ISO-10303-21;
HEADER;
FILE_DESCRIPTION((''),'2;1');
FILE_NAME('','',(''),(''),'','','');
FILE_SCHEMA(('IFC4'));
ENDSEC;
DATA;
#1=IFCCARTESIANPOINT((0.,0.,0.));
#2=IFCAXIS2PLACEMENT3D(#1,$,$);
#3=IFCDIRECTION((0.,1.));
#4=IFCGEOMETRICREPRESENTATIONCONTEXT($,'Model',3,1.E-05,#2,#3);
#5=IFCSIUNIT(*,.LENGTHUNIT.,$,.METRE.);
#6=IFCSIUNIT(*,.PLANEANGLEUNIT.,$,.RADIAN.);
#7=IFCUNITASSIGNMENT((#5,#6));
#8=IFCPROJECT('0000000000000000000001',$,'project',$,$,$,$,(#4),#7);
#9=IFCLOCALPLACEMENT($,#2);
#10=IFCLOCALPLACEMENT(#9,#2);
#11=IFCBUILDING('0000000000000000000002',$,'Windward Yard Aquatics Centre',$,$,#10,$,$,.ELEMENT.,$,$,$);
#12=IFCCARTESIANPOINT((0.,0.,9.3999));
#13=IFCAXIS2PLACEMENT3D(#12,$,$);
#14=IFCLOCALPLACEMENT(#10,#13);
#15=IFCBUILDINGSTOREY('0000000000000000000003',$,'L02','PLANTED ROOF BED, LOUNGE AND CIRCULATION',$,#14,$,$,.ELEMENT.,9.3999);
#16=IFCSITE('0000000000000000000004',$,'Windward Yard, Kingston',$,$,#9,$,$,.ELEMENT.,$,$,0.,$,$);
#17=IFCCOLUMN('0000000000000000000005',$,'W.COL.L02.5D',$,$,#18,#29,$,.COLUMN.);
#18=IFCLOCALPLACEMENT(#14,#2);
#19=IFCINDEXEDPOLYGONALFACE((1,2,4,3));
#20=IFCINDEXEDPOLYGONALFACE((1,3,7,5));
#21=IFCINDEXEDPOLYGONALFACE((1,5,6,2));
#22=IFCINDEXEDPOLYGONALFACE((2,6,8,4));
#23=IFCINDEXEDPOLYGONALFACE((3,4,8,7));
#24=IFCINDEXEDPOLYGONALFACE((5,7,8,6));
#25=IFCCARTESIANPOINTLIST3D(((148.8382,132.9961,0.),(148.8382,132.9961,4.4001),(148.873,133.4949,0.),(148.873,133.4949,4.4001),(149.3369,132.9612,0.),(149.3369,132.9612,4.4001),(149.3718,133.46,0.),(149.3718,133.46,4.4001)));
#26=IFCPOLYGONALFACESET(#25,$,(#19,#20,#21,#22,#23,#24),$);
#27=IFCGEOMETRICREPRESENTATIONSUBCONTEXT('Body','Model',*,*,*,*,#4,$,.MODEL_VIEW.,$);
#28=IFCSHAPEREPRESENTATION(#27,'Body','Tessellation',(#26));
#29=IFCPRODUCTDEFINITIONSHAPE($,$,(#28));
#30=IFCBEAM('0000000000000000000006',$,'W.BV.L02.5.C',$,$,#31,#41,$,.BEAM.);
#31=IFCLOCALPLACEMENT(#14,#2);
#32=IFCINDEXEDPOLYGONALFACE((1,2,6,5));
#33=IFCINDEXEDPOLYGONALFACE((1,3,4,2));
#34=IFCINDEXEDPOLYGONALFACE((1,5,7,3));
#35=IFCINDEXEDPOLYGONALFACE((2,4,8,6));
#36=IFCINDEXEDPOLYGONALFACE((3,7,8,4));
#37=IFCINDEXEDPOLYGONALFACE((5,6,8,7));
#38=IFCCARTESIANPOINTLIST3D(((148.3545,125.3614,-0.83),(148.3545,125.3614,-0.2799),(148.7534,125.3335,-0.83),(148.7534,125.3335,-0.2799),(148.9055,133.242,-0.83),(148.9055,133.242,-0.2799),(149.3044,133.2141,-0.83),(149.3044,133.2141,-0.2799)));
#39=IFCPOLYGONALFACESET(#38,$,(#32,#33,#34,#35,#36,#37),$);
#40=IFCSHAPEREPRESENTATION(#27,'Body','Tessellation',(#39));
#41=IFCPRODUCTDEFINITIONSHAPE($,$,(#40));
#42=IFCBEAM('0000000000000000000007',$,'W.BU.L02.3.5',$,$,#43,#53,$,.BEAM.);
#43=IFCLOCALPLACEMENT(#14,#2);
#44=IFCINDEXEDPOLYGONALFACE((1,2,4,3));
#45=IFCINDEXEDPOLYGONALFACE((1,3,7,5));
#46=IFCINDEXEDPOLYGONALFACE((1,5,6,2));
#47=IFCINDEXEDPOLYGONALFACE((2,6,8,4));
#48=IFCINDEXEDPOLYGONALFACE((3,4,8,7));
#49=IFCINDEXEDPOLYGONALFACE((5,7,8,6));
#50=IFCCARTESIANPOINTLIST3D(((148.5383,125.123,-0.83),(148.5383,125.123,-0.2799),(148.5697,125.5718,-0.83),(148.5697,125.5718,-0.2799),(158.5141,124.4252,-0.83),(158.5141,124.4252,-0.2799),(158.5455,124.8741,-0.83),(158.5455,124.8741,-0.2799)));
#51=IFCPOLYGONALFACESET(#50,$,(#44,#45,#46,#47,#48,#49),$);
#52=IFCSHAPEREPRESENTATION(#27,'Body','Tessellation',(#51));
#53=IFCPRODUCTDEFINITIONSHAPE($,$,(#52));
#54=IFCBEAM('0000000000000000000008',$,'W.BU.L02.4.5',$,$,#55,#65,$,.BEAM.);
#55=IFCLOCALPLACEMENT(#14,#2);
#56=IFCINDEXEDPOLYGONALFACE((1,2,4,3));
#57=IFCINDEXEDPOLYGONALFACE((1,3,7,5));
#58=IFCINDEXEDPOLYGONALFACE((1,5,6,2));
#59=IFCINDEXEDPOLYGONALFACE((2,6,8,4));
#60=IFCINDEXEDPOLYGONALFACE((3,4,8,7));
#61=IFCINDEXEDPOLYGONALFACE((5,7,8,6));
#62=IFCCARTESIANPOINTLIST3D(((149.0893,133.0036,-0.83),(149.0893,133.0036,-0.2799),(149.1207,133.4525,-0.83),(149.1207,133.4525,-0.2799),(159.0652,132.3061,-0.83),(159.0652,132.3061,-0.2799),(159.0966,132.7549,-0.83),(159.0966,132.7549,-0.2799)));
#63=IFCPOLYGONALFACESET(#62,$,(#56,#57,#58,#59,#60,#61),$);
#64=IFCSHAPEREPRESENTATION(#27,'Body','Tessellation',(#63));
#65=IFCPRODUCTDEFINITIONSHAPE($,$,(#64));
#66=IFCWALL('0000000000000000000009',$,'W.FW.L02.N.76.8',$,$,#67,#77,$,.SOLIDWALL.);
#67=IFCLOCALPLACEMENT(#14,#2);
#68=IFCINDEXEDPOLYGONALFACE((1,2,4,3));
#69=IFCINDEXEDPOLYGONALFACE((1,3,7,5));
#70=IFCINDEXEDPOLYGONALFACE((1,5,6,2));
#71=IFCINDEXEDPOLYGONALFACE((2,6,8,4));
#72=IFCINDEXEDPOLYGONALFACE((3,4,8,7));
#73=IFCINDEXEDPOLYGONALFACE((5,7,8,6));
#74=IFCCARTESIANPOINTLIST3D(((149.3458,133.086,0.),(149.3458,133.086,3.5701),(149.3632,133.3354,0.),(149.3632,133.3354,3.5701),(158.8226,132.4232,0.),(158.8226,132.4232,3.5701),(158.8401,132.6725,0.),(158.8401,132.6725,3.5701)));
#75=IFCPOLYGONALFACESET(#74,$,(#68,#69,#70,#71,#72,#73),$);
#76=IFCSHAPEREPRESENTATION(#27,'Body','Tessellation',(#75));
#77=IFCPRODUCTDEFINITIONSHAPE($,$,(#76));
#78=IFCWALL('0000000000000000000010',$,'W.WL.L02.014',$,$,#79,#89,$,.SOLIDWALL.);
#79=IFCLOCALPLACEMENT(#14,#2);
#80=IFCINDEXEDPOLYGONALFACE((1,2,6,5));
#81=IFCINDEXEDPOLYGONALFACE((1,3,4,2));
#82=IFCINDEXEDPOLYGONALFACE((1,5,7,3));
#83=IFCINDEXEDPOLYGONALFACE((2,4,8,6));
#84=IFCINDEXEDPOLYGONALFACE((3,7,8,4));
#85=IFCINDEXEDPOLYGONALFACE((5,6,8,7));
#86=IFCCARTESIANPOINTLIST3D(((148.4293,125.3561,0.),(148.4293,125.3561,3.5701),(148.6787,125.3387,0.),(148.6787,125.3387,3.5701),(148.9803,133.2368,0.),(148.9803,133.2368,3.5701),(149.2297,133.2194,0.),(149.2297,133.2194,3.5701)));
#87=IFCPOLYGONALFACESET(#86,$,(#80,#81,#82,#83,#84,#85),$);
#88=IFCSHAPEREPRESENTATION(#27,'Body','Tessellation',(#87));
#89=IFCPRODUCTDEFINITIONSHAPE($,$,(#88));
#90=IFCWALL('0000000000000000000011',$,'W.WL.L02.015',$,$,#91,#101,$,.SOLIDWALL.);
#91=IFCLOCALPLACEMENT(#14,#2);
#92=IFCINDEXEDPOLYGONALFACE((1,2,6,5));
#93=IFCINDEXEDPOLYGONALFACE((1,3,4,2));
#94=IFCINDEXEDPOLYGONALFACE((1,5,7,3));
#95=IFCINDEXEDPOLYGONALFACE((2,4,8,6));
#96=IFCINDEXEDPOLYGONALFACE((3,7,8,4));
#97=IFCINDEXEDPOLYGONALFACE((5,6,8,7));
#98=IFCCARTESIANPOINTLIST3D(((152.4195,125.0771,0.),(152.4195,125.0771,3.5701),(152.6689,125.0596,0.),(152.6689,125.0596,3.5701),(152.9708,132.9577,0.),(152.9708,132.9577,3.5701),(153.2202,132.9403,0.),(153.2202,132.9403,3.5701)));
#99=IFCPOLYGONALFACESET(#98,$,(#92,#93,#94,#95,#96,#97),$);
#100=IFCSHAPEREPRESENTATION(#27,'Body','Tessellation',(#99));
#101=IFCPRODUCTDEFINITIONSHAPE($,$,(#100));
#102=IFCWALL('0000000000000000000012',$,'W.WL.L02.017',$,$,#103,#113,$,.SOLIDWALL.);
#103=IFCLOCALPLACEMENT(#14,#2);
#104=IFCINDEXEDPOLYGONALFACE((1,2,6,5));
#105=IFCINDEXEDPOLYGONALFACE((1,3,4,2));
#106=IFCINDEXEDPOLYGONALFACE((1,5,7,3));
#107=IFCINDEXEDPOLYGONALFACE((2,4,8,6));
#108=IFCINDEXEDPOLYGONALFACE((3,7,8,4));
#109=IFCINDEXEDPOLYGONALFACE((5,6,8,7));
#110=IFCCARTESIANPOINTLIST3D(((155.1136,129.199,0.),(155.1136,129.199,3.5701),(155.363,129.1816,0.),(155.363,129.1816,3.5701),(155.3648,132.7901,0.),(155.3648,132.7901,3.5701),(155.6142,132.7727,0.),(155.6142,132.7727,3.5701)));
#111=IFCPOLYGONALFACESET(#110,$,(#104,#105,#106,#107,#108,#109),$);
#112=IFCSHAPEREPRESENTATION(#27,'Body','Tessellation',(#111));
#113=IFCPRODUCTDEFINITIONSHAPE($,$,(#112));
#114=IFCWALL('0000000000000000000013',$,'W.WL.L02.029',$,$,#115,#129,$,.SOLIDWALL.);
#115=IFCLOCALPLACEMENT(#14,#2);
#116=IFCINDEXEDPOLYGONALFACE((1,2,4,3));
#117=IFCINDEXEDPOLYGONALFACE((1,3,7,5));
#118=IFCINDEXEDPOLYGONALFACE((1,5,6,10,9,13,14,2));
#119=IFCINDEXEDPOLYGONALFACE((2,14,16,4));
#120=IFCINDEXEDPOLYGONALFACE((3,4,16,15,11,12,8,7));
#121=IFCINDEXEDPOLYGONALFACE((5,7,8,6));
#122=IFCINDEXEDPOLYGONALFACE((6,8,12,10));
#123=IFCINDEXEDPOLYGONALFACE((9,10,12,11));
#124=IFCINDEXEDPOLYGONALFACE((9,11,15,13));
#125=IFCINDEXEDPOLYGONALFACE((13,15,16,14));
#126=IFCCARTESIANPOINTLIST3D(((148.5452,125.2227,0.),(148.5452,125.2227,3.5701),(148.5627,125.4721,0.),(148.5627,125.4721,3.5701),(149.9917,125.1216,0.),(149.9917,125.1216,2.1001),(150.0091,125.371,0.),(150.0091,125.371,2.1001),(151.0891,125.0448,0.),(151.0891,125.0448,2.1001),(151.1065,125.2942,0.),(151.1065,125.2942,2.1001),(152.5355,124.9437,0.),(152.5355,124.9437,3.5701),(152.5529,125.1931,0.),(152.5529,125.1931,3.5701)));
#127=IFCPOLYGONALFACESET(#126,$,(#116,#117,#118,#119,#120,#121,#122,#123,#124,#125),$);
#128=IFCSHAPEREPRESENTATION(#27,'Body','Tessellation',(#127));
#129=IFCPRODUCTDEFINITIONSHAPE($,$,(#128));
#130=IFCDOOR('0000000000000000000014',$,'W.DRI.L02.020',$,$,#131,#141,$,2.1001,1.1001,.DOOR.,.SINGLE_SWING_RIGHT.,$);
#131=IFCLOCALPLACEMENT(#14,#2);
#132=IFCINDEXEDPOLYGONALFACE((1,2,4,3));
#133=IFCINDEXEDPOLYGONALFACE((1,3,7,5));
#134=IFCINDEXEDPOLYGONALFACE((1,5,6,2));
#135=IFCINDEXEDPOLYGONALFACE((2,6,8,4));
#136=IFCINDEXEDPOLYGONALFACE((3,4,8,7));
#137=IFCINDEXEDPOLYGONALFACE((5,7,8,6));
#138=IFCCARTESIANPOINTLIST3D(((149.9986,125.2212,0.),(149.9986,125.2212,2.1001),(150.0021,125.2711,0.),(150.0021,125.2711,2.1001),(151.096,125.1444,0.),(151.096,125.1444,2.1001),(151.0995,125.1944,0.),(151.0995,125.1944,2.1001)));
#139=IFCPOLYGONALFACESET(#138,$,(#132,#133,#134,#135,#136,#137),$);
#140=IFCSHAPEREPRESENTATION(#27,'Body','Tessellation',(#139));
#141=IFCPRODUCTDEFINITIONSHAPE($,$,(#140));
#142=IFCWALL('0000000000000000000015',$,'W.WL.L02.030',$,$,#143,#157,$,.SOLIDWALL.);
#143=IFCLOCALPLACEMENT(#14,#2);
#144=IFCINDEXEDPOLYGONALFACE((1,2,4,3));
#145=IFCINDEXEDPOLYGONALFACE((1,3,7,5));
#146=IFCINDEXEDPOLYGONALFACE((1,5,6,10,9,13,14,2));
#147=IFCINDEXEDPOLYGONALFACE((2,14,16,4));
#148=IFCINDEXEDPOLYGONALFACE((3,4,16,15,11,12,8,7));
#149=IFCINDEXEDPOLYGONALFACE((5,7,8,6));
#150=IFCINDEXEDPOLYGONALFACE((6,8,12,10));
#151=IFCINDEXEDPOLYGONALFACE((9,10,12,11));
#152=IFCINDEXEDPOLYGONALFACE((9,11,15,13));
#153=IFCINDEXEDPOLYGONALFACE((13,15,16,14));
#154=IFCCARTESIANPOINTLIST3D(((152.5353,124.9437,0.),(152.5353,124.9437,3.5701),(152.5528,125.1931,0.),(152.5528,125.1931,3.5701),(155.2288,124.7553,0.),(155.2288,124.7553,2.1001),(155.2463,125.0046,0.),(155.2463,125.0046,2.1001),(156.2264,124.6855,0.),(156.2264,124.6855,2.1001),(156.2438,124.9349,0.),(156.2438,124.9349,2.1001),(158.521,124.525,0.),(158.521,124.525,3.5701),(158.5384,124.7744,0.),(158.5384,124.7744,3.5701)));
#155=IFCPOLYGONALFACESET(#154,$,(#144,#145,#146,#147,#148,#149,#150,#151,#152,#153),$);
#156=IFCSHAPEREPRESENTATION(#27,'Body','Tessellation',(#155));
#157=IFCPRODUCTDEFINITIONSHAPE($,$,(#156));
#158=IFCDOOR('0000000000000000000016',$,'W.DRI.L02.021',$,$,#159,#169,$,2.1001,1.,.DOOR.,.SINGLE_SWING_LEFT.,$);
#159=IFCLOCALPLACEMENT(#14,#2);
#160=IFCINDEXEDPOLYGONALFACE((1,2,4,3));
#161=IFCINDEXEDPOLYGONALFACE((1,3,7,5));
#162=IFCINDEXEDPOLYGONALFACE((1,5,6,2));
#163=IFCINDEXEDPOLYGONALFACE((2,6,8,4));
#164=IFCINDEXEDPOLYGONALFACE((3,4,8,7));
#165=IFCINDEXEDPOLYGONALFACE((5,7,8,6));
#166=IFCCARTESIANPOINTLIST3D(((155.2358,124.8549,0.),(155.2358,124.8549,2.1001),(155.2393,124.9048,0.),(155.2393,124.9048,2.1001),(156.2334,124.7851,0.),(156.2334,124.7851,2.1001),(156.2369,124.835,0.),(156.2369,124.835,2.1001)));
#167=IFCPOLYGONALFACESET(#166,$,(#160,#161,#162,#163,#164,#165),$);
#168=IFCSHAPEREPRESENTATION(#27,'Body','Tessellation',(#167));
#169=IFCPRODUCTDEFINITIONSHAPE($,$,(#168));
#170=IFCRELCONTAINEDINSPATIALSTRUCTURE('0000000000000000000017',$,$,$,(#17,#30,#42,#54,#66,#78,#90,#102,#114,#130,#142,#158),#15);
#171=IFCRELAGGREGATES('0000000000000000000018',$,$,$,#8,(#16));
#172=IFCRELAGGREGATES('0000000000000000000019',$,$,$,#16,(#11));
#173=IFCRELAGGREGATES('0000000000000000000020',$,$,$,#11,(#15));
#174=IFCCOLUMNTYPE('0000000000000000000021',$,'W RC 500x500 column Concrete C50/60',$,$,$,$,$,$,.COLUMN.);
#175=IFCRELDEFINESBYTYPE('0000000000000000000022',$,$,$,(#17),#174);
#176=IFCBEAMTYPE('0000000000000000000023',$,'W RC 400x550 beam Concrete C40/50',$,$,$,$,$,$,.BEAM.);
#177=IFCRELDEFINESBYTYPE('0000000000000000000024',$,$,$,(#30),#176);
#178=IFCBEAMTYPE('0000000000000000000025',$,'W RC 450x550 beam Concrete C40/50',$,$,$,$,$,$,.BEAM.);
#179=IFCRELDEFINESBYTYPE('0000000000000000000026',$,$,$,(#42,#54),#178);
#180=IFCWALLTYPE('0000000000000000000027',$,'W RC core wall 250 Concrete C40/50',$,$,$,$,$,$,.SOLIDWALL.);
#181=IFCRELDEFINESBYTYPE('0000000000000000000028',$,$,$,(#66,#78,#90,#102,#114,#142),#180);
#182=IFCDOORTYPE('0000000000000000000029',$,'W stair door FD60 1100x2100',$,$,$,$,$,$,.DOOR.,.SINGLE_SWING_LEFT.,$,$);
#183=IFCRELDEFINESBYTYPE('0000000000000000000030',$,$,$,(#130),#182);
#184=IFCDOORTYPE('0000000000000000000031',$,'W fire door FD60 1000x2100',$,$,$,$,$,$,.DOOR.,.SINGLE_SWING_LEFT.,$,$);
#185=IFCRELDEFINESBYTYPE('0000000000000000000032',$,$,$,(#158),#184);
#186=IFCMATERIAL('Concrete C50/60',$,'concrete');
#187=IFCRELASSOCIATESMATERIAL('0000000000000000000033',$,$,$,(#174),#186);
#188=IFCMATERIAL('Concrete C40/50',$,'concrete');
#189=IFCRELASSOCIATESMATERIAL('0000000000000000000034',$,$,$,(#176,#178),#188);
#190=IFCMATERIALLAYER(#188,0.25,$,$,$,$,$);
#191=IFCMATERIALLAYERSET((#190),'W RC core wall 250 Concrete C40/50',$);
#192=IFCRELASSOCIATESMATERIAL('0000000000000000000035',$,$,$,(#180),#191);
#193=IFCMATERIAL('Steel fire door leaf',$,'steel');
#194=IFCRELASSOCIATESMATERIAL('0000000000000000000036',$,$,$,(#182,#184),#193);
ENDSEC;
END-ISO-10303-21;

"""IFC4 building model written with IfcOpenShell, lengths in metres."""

from ifc_helpers import new_model, si_unit, direction, frame, frame_2d, origin, origin_2d, place, context, subcontext, project, spatial, rectangle, extrude, material, layer, layer_set, material_profile, profile_set, type_object, element, fill, save


model = new_model("IFC4")

# Units and contexts
model_context = context("Model", 3, precision=1e-05, world=origin(), true_north=direction((0.0, 1.0)))
body_context = subcontext(model_context, "Body", "Model", "MODEL_VIEW")
ifc_project = project(units=[si_unit("LENGTHUNIT", "METRE"), si_unit("PLANEANGLEUNIT", "RADIAN")], contexts=[model_context])

# Site, building, storey
site_placement = place(None, origin())
site = spatial("IfcSite", under=ifc_project, at=site_placement, Name="Windward Yard, Kingston", CompositionType="ELEMENT", RefElevation=0.0)
building_placement = place(site_placement, origin())
building = spatial("IfcBuilding", under=site, at=building_placement, Name="Windward Yard Aquatics Centre", CompositionType="ELEMENT")
storey_placement = place(building_placement, frame((0.0, 0.0, 9.3999)))
storey = spatial("IfcBuildingStorey", under=building, at=storey_placement, Name="L02", Description="PLANTED ROOF BED, LOUNGE AND CIRCULATION", CompositionType="ELEMENT", Elevation=9.3999)

# Column
ifc_material_1 = material(Name="Concrete C50/60", Category="concrete")
ifc_material_profile_1 = material_profile(ifc_material_1, rectangle(XDim=0.5, YDim=0.5, at=origin_2d()), Name="RC 500x500")
ifc_profile_set_1 = profile_set([ifc_material_profile_1], Name="Concrete C50/60")
column_type = type_object("IfcColumnType", Name="W RC 500x500 column Concrete C50/60", PredefinedType="COLUMN", material=ifc_profile_set_1)
column_placement = place(storey_placement, frame((149.105, 133.228, 0.0), z_axis=(0.0, 0.0, 1.0), x_axis=(0.997564, -0.069756, 0.0)))
element("IfcColumn", 1, at=column_placement, inside=storey, type_object=column_type, Name="W.COL.L02.5D", PredefinedType="COLUMN", context=body_context, shape_type="SweptSolid", body=[
    extrude(rectangle(XDim=0.5, YDim=0.5, at=origin_2d()), origin(), (0.0, 0.0, 1.0), 4.4001),
])

# Beams
ifc_material_2 = material(Name="Concrete C40/50", Category="concrete")
ifc_material_profile_2 = material_profile(ifc_material_2, rectangle(XDim=0.3999, YDim=0.55, at=origin_2d()), Name="RC 400x550")
ifc_profile_set_2 = profile_set([ifc_material_profile_2], Name="Concrete C40/50")
beam_type_1 = type_object("IfcBeamType", Name="W RC 400x550 beam Concrete C40/50", PredefinedType="BEAM", material=ifc_profile_set_2)
beam_placement = place(storey_placement, frame((148.554, 125.3474, -0.5549), z_axis=(0.069751, 0.997564, 0.0), x_axis=(-0.997564, 0.069751, 0.0)))
element("IfcBeam", 2, at=beam_placement, inside=storey, type_object=beam_type_1, Name="W.BV.L02.5.C", PredefinedType="BEAM", context=body_context, shape_type="SweptSolid", body=[
    extrude(rectangle(XDim=0.3999, YDim=0.55, at=origin_2d()), origin(), (0.0, 0.0, 1.0), 7.8999),
])
ifc_material_profile_3 = material_profile(ifc_material_2, rectangle(XDim=0.45, YDim=0.55, at=origin_2d()), Name="RC 450x550")
ifc_profile_set_3 = profile_set([ifc_material_profile_3], Name="Concrete C40/50")
beam_type_2 = type_object("IfcBeamType", Name="W RC 450x550 beam Concrete C40/50", PredefinedType="BEAM", material=ifc_profile_set_3)
for number, where, z_axis, x_axis, name in (
    (3, (148.554, 125.3474, -0.5549), (0.997563, -0.069774, 0.0), (0.069774, 0.997563, 0.0), "W.BU.L02.3.5"),
    (4, (149.105, 133.228, -0.5549), (0.997565, -0.06975, 0.0), (0.06975, 0.997565, 0.0), "W.BU.L02.4.5"),
):
    element("IfcBeam", number, at=place(storey_placement, frame(where, z_axis=z_axis, x_axis=x_axis)), inside=storey, type_object=beam_type_2, Name=name, PredefinedType="BEAM", context=body_context, shape_type="SweptSolid", body=[
        extrude(rectangle(XDim=0.45, YDim=0.55, at=origin_2d()), origin(), (0.0, 0.0, 1.0), 10.0002),
    ])

# Walls
ifc_layer = layer(ifc_material_2, 0.25)
ifc_layer_set = layer_set([ifc_layer], Name="W RC core wall 250 Concrete C40/50")
wall_type = type_object("IfcWallType", Name="W RC core wall 250 Concrete C40/50", PredefinedType="SOLIDWALL", material=ifc_layer_set)
wall_1_placement = place(storey_placement, frame((149.3545, 133.2107, 0.0), z_axis=(0.0, 0.0, 1.0), x_axis=(0.997563, -0.069773, 0.0)))
element("IfcWall", 5, at=wall_1_placement, inside=storey, type_object=wall_type, Name="W.FW.L02.N.76.8", PredefinedType="SOLIDWALL", context=body_context, shape_type="SweptSolid", body=[
    extrude(rectangle(XDim=9.5, YDim=0.25, at=frame_2d((4.75, 0.0))), origin(), (0.0, 0.0, 1.0), 3.5701),
])
for number, where, z_axis, x_axis, name in (
    (6, (148.554, 125.3474, 0.0), (0.0, 0.0, 1.0), (0.069751, 0.997564, 0.0), "W.WL.L02.014"),
    (7, (152.5442, 125.0684, 0.0), (0.0, 0.0, 1.0), (0.069782, 0.997562, 0.0), "W.WL.L02.015"),
):
    element("IfcWall", number, at=place(storey_placement, frame(where, z_axis=z_axis, x_axis=x_axis)), inside=storey, type_object=wall_type, Name=name, PredefinedType="SOLIDWALL", context=body_context, shape_type="SweptSolid", body=[
        extrude(rectangle(XDim=7.8999, YDim=0.25, at=frame_2d((3.95, 0.0))), origin(), (0.0, 0.0, 1.0), 3.5701),
    ])
wall_2_placement = place(storey_placement, frame((155.2383, 129.1904, 0.0), z_axis=(0.0, 0.0, 1.0), x_axis=(0.069787, 0.997562, 0.0)))
element("IfcWall", 8, at=wall_2_placement, inside=storey, type_object=wall_type, Name="W.WL.L02.017", PredefinedType="SOLIDWALL", context=body_context, shape_type="SweptSolid", body=[
    extrude(rectangle(XDim=3.5999, YDim=0.25, at=frame_2d((1.7998, 0.0))), origin(), (0.0, 0.0, 1.0), 3.5701),
])

# Walls, openings, doors
wall_3_placement = place(storey_placement, frame((148.554, 125.3474, 0.0), z_axis=(0.0, 0.0, 1.0), x_axis=(0.997564, -0.069764, 0.0)))
wall_3 = element("IfcWall", 9, at=wall_3_placement, inside=storey, type_object=wall_type, Name="W.WL.L02.029", PredefinedType="SOLIDWALL", context=body_context, shape_type="SweptSolid", body=[
    extrude(rectangle(XDim=4.0, YDim=0.25, at=frame_2d((2.0, 0.0))), origin(), (0.0, 0.0, 1.0), 3.5701),
])
opening_1_placement = place(wall_3_placement, frame((1.45, 0.0, 0.0)))
opening_1 = element("IfcOpeningElement", 10, at=opening_1_placement, cuts=wall_3, PredefinedType="OPENING", context=body_context, shape_type="SweptSolid", body=[
    extrude(rectangle(XDim=1.1001, YDim=2.1001, at=frame_2d((0.55, 1.05))), frame((0.0, 0.135, 0.0), z_axis=(0.0, -1.0, 0.0), x_axis=(1.0, 0.0, 0.0)), (0.0, 0.0, 1.0), 0.27),
])
ifc_material_3 = material(Name="Steel fire door leaf", Category="steel")
door_type_1 = type_object("IfcDoorType", Name="W stair door FD60 1100x2100", OperationType="SINGLE_SWING_LEFT", PredefinedType="DOOR", material=ifc_material_3)
door_1_placement = place(opening_1_placement, origin())
door_1 = element("IfcDoor", 11, at=door_1_placement, inside=storey, type_object=door_type_1, Name="W.DRI.L02.020", OperationType="SINGLE_SWING_RIGHT", OverallHeight=2.1001, OverallWidth=1.1001, PredefinedType="DOOR", context=body_context, shape_type="SweptSolid", body=[
    extrude(rectangle(XDim=1.1001, YDim=2.1001, at=frame_2d((0.55, 1.05))), frame((0.0, 0.0249, 0.0), z_axis=(0.0, -1.0, 0.0), x_axis=(1.0, 0.0, 0.0)), (0.0, 0.0, 1.0), 0.05),
])
fill(opening_1, door_1)
wall_4_placement = place(storey_placement, frame((152.5442, 125.0684, 0.0), z_axis=(0.0, 0.0, 1.0), x_axis=(0.997562, -0.069781, 0.0)))
wall_4 = element("IfcWall", 12, at=wall_4_placement, inside=storey, type_object=wall_type, Name="W.WL.L02.030", PredefinedType="SOLIDWALL", context=body_context, shape_type="SweptSolid", body=[
    extrude(rectangle(XDim=6.0002, YDim=0.25, at=frame_2d((3.0, 0.0))), origin(), (0.0, 0.0, 1.0), 3.5701),
])
opening_2_placement = place(wall_4_placement, frame((2.7, 0.0, 0.0)))
opening_2 = element("IfcOpeningElement", 13, at=opening_2_placement, cuts=wall_4, PredefinedType="OPENING", context=body_context, shape_type="SweptSolid", body=[
    extrude(rectangle(XDim=1.0, YDim=2.1001, at=frame_2d((0.5, 1.05))), frame((0.0, 0.135, 0.0), z_axis=(0.0, -1.0, 0.0), x_axis=(1.0, 0.0, 0.0)), (0.0, 0.0, 1.0), 0.27),
])
door_type_2 = type_object("IfcDoorType", Name="W fire door FD60 1000x2100", OperationType="SINGLE_SWING_LEFT", PredefinedType="DOOR", material=ifc_material_3)
door_2_placement = place(opening_2_placement, origin())
door_2 = element("IfcDoor", 14, at=door_2_placement, inside=storey, type_object=door_type_2, Name="W.DRI.L02.021", OperationType="SINGLE_SWING_LEFT", OverallHeight=2.1001, OverallWidth=1.0, PredefinedType="DOOR", context=body_context, shape_type="SweptSolid", body=[
    extrude(rectangle(XDim=1.0, YDim=2.1001, at=frame_2d((0.5, 1.05))), frame((0.0, 0.0249, 0.0), z_axis=(0.0, -1.0, 0.0), x_axis=(1.0, 0.0, 0.0)), (0.0, 0.0, 1.0), 0.05),
])
fill(opening_2, door_2)

save(model, "model.ifc")
